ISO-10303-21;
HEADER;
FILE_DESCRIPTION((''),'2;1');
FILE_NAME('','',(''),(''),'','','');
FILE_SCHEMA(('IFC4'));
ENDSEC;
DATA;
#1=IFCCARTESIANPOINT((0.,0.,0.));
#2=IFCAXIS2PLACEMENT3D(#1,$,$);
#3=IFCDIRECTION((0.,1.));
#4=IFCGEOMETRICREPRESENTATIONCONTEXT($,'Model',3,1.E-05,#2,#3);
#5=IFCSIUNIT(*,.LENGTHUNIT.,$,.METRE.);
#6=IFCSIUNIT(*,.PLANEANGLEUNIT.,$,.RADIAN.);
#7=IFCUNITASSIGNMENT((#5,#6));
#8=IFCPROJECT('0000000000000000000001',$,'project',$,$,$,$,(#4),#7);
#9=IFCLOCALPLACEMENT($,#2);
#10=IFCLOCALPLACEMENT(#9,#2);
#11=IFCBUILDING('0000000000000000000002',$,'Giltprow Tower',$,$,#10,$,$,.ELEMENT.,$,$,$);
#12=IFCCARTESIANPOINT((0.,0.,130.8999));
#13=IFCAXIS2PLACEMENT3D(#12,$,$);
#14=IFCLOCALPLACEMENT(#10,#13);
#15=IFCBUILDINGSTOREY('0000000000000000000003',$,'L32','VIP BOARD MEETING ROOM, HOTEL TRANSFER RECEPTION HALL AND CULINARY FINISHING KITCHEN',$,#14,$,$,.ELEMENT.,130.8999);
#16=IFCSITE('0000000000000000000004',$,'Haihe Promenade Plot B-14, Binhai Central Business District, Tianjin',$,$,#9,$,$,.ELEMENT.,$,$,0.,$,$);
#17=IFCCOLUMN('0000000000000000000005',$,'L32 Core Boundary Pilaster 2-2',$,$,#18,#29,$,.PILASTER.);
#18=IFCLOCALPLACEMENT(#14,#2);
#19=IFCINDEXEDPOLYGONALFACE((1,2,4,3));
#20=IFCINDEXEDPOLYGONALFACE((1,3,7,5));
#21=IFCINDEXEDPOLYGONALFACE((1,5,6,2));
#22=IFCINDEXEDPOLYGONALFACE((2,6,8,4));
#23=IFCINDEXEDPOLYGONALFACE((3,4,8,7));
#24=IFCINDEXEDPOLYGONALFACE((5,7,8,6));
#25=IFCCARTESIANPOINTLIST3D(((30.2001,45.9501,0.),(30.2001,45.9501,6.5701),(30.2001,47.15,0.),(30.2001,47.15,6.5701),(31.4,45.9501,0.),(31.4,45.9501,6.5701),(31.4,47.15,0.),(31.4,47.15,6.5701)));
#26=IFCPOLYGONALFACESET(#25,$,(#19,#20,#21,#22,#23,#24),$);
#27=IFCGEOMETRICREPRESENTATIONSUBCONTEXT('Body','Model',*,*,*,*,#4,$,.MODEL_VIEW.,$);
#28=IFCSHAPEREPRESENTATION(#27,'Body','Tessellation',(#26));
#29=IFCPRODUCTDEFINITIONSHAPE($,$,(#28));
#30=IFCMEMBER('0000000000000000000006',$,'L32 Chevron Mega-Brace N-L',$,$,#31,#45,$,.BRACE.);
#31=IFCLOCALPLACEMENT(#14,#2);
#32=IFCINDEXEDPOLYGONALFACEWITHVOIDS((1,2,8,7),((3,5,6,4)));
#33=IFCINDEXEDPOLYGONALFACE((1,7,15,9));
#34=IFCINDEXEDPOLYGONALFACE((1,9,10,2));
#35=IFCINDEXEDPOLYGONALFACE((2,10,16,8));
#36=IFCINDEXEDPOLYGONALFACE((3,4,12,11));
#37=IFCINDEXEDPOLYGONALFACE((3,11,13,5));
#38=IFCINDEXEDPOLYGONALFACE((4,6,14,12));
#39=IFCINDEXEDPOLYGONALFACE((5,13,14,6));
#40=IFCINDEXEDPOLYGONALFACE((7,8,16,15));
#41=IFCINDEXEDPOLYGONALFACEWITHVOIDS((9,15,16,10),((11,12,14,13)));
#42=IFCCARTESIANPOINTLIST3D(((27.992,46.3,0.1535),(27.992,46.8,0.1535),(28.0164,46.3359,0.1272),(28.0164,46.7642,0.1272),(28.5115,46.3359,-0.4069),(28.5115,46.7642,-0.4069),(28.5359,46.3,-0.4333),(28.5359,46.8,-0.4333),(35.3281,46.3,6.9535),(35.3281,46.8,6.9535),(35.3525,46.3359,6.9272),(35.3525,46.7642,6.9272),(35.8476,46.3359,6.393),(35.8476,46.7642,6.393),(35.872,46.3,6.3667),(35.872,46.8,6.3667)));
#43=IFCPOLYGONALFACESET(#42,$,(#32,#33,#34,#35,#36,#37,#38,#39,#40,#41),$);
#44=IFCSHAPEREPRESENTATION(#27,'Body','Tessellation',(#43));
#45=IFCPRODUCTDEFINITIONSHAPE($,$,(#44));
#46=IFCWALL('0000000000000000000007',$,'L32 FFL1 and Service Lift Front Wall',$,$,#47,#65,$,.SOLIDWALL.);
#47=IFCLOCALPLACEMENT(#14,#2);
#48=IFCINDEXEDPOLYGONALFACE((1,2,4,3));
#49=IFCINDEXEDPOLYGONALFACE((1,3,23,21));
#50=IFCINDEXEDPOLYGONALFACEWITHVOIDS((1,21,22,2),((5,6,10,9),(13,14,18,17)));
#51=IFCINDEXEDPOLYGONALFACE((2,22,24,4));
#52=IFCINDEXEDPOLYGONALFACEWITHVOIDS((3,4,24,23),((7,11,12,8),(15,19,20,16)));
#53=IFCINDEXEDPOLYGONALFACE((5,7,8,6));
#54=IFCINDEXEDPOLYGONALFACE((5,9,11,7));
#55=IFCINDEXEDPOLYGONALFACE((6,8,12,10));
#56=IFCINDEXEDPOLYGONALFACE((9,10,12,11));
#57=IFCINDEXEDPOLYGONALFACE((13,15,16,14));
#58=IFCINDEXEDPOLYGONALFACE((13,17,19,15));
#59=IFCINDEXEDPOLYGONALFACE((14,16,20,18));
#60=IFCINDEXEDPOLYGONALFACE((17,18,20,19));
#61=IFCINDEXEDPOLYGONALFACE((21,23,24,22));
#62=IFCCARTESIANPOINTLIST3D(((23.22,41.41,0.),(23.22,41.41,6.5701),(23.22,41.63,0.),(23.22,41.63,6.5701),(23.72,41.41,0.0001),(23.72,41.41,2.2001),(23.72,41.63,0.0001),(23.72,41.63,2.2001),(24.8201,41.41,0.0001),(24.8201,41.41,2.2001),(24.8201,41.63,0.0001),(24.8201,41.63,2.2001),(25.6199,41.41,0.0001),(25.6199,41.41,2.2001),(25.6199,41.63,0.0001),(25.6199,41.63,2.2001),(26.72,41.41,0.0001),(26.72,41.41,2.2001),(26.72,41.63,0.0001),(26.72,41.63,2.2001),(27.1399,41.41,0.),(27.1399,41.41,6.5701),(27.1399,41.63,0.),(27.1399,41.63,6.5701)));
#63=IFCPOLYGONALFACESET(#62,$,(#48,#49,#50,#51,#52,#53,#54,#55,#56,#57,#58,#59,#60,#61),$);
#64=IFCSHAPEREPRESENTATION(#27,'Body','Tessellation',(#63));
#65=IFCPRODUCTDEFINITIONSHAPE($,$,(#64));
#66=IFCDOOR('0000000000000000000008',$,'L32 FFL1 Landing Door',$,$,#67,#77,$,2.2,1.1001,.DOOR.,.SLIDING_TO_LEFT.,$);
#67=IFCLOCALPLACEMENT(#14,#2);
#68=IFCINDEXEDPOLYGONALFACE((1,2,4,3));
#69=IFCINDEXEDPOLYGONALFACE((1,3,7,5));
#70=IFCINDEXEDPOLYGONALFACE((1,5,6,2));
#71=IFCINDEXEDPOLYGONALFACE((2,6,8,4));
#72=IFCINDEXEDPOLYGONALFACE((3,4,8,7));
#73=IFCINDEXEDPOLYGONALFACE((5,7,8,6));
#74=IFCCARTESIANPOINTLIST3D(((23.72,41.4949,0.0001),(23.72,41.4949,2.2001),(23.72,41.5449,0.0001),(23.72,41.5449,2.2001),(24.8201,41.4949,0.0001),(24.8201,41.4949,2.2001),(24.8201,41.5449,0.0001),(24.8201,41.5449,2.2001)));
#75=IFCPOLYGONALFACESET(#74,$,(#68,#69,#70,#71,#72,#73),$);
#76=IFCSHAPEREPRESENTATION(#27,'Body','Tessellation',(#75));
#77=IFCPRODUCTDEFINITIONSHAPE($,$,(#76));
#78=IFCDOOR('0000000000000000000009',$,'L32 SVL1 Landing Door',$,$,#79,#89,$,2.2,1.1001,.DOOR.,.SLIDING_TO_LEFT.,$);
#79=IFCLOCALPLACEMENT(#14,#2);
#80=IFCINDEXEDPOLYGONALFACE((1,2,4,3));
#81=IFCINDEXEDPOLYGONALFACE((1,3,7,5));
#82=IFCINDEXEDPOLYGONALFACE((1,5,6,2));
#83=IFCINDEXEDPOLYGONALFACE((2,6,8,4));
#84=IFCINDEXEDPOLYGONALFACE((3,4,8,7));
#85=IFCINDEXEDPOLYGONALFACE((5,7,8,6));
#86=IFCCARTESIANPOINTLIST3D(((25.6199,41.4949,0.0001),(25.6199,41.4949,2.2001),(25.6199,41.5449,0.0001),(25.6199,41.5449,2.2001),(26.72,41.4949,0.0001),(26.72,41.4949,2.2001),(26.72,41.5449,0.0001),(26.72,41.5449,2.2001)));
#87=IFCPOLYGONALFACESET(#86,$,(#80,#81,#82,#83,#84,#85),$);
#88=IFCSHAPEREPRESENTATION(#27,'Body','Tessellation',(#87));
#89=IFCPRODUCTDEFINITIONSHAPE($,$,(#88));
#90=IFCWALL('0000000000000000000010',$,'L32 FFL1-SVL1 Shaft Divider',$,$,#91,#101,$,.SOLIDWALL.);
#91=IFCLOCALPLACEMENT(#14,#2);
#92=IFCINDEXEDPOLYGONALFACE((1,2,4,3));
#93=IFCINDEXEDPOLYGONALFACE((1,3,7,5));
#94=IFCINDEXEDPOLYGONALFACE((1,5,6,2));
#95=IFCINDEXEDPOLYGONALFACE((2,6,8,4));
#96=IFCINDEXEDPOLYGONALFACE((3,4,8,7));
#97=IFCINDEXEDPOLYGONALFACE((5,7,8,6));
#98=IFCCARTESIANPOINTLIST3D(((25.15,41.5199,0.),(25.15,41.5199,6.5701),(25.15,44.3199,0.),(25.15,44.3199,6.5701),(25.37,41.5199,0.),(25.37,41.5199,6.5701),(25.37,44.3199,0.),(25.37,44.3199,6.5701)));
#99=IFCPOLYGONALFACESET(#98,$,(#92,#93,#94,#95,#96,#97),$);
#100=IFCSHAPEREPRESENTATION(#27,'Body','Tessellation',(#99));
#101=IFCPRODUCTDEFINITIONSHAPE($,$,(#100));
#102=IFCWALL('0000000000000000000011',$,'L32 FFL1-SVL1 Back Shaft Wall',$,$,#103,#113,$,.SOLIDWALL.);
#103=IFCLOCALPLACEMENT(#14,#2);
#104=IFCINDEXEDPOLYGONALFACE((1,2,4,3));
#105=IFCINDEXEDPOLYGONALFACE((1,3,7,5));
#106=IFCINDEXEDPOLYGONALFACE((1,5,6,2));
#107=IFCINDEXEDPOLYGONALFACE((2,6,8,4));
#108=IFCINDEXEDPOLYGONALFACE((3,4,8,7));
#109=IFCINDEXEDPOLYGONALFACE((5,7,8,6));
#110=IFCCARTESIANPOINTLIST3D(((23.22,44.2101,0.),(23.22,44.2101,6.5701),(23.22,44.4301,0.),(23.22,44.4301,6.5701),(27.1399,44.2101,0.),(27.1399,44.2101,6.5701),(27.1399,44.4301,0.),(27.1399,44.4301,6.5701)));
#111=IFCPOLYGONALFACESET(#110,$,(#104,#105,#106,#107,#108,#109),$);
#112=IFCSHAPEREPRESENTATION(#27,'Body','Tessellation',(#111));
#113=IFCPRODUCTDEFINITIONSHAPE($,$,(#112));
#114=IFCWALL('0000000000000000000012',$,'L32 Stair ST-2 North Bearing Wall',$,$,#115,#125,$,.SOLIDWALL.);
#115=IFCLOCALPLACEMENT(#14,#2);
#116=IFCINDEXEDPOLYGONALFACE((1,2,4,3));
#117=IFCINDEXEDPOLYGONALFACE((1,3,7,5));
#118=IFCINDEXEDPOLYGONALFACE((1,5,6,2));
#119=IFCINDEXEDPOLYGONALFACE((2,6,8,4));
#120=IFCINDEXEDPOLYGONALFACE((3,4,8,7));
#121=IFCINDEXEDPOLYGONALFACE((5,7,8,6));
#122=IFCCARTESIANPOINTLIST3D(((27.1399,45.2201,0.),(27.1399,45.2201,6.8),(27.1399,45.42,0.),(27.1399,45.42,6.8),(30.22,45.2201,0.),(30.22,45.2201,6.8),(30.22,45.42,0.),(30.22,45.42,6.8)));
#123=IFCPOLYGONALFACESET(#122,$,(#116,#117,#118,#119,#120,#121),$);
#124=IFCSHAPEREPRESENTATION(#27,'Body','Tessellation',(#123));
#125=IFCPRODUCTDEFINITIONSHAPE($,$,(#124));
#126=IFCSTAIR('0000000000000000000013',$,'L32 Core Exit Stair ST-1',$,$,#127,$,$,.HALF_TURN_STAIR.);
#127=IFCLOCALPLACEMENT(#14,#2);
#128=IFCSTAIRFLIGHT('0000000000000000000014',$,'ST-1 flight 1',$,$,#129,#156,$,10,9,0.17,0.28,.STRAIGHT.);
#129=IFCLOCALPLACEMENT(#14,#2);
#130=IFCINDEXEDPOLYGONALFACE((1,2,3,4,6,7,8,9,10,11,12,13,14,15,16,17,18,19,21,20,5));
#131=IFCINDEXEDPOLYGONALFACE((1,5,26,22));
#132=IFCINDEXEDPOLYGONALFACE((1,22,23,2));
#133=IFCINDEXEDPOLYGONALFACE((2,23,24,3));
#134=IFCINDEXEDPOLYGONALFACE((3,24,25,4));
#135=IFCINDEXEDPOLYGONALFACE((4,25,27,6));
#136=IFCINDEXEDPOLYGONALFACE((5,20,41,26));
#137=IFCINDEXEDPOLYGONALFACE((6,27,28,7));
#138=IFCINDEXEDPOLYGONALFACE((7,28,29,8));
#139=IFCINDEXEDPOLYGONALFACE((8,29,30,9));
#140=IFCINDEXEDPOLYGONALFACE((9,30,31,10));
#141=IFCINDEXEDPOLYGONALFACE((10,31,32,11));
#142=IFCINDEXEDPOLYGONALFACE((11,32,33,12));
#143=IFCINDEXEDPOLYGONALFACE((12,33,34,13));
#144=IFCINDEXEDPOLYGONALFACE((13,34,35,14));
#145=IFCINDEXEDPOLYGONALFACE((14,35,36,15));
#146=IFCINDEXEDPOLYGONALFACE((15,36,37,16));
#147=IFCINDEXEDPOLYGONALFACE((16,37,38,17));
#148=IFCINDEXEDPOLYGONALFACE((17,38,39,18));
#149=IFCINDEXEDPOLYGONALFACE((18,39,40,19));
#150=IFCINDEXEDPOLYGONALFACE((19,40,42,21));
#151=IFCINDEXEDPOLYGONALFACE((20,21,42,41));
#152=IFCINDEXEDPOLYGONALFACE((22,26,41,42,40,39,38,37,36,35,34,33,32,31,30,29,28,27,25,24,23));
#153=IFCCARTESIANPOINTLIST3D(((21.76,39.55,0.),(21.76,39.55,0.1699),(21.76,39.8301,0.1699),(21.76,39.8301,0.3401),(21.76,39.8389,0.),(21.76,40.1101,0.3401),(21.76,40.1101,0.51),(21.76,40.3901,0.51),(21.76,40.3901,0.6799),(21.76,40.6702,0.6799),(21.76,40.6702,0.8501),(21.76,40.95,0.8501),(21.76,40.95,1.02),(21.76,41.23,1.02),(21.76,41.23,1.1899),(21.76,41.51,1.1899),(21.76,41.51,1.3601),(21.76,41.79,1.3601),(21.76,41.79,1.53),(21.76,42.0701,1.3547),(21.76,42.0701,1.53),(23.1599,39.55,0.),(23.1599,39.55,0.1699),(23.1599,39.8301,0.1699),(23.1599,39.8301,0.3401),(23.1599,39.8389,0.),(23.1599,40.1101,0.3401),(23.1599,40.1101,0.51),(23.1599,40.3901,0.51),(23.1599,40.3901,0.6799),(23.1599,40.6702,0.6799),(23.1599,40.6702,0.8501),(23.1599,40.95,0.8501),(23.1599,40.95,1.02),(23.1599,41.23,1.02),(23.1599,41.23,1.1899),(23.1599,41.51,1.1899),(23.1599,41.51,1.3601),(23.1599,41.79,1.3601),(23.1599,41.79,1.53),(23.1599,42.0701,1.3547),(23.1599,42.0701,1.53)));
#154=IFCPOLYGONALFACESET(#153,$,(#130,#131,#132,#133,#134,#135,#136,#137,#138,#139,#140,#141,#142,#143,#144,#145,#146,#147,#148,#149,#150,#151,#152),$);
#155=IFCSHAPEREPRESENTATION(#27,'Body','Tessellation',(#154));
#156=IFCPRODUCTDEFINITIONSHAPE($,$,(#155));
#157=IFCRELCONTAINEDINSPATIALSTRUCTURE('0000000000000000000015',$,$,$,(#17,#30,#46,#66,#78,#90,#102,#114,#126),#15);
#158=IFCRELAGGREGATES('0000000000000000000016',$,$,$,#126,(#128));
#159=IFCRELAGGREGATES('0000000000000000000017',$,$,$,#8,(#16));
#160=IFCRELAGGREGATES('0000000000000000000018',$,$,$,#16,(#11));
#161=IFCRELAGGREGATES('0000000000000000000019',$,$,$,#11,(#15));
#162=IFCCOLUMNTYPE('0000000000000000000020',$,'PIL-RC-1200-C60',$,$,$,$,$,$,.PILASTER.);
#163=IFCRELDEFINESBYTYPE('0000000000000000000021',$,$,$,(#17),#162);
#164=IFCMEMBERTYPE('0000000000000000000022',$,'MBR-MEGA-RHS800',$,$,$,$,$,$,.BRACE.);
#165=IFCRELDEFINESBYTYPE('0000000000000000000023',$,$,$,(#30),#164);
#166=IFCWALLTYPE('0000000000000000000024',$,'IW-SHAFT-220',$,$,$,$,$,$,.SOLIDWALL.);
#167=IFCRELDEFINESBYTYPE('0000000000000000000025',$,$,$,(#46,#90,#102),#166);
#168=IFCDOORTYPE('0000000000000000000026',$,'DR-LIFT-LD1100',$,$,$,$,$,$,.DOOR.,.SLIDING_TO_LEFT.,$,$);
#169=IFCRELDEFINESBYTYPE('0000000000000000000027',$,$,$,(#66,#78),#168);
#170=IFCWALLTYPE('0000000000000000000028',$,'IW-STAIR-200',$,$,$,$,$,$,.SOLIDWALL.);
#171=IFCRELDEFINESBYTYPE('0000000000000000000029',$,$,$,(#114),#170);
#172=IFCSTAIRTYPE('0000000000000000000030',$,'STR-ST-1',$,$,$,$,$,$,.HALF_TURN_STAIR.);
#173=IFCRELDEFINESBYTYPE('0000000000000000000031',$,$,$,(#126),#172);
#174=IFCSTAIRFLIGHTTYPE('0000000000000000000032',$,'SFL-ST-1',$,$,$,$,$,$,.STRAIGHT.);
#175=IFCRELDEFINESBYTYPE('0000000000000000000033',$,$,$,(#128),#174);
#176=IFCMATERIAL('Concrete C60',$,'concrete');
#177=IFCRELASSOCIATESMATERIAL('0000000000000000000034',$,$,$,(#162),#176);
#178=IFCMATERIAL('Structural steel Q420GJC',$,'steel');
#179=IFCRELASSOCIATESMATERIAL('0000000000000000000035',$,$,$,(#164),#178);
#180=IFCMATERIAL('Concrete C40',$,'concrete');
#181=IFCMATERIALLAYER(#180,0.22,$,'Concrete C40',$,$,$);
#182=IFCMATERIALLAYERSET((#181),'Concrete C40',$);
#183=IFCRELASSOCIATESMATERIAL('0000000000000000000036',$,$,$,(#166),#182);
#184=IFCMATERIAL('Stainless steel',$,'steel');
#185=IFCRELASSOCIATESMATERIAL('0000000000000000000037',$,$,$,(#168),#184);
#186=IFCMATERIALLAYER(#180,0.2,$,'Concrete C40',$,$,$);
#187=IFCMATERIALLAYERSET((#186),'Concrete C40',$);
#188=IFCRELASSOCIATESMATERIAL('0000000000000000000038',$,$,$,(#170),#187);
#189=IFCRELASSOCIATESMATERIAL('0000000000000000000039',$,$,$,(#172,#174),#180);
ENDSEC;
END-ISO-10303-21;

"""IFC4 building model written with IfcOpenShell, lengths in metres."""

from ifc_helpers import new_model, si_unit, direction, frame, frame_2d, origin, origin_2d, place, context, subcontext, project, spatial, polyline, rectangle, hollow_rectangle, outline, extrude, source, transform, mapped, material, layer, layer_set, material_profile, profile_set, type_object, element, fill, aggregate, save


model = new_model("IFC4")

# Units and contexts
model_context = context("Model", 3, precision=1e-05, world=origin(), true_north=direction((0.0, 1.0)))
body_context = subcontext(model_context, "Body", "Model", "MODEL_VIEW")
ifc_project = project(units=[si_unit("LENGTHUNIT", "METRE"), si_unit("PLANEANGLEUNIT", "RADIAN")], contexts=[model_context])

# Site, building, storey
site_placement = place(None, origin())
site = spatial("IfcSite", under=ifc_project, at=site_placement, Name="Haihe Promenade Plot B-14, Binhai Central Business District, Tianjin", CompositionType="ELEMENT", RefElevation=0.0)
building_placement = place(site_placement, origin())
building = spatial("IfcBuilding", under=site, at=building_placement, Name="Giltprow Tower", CompositionType="ELEMENT")
storey_placement = place(building_placement, frame((0.0, 0.0, 130.8999)))
storey = spatial("IfcBuildingStorey", under=building, at=storey_placement, Name="L32", Description="VIP BOARD MEETING ROOM, HOTEL TRANSFER RECEPTION HALL AND CULINARY FINISHING KITCHEN", CompositionType="ELEMENT", Elevation=130.8999)

# Column
ifc_material_1 = material(Name="Concrete C60", Category="concrete")
ifc_material_profile_1 = material_profile(ifc_material_1, rectangle(XDim=1.2, YDim=1.2, at=origin_2d()), Name="RC 1200x1200")
ifc_profile_set_1 = profile_set([ifc_material_profile_1], Name="Concrete C60")
column_type = type_object("IfcColumnType", Name="PIL-RC-1200-C60", PredefinedType="PILASTER", material=ifc_profile_set_1)
shared_shape_1 = source(origin(), body_context, "Body", "SweptSolid", [
    extrude(rectangle(XDim=1.2, YDim=1.2, at=origin_2d()), origin(), (0.0, 0.0, 1.0), 6.5701),
])
column_placement = place(storey_placement, frame((30.8, 46.55, 0.0), z_axis=(0.0, 0.0, 1.0), x_axis=(1.0, 0.0, 0.0)))
element("IfcColumn", 1, at=column_placement, inside=storey, type_object=column_type, Name="L32 Core Boundary Pilaster 2-2", PredefinedType="PILASTER", context=body_context, shape_type="MappedRepresentation", body=[
    mapped(shared_shape_1, transform((0.0, 0.0, 0.0), x_axis=(1.0, 0.0, 0.0), y_axis=(0.0, 1.0, 0.0), z_axis=(0.0, 0.0, 1.0), scale=1.0)),
])

# Member
ifc_material_2 = material(Name="Structural steel Q420GJC", Category="steel")
ifc_material_profile_2 = material_profile(ifc_material_2, hollow_rectangle(XDim=0.5, YDim=0.8, WallThickness=0.0359, at=origin_2d()), Name="RHS 800x500x36")
ifc_profile_set_2 = profile_set([ifc_material_profile_2], Name="Structural steel Q420GJC")
member_type = type_object("IfcMemberType", Name="MBR-MEGA-RHS800", PredefinedType="BRACE", material=ifc_profile_set_2)
shared_shape_2 = source(origin(), body_context, "Body", "SweptSolid", [
    extrude(hollow_rectangle(XDim=0.5, YDim=0.8, WallThickness=0.0359, at=origin_2d()), origin(), (0.0, 0.0, 1.0), 10.0029),
])
member_placement = place(storey_placement, frame((28.2639, 46.55, -0.1399), z_axis=(0.733397, 0.0, 0.6798), x_axis=(0.0, 1.0, 0.0)))
element("IfcMember", 2, at=member_placement, inside=storey, type_object=member_type, Name="L32 Chevron Mega-Brace N-L", PredefinedType="BRACE", context=body_context, shape_type="MappedRepresentation", body=[
    mapped(shared_shape_2, transform((0.0, 0.0, 0.0), x_axis=(1.0, 0.0, 0.0), y_axis=(0.0, 1.0, 0.0), z_axis=(0.0, 0.0, 1.0), scale=1.0)),
])

# Wall, openings, doors
ifc_material_3 = material(Name="Concrete C40", Category="concrete")
ifc_layer_1 = layer(ifc_material_3, 0.22, Name="Concrete C40")
ifc_layer_set_1 = layer_set([ifc_layer_1], Name="Concrete C40")
wall_type_1 = type_object("IfcWallType", Name="IW-SHAFT-220", PredefinedType="SOLIDWALL", material=ifc_layer_set_1)
wall_1_placement = place(storey_placement, frame((23.22, 41.52, 0.0), z_axis=(0.0, 0.0, 1.0), x_axis=(1.0, 0.0, 0.0)))
wall_1 = element("IfcWall", 3, at=wall_1_placement, inside=storey, type_object=wall_type_1, Name="L32 FFL1 and Service Lift Front Wall", PredefinedType="SOLIDWALL", context=body_context, shape_type="SweptSolid", body=[
    extrude(rectangle(XDim=3.9199, YDim=0.22, at=frame_2d((1.96, 0.0))), origin(), (0.0, 0.0, 1.0), 6.5701),
])
opening_1_placement = place(wall_1_placement, frame((0.5, 0.0, 0.0)))
opening_1 = element("IfcOpeningElement", 4, at=opening_1_placement, cuts=wall_1, PredefinedType="OPENING", context=body_context, shape_type="SweptSolid", body=[
    extrude(rectangle(XDim=1.1001, YDim=2.2, at=frame_2d((0.55, 1.1001))), frame((0.0, 0.1199, 0.0), z_axis=(0.0, -1.0, 0.0), x_axis=(1.0, 0.0, 0.0)), (0.0, 0.0, 1.0), 0.24),
])
opening_2_placement = place(wall_1_placement, frame((2.3999, 0.0, 0.0)))
opening_2 = element("IfcOpeningElement", 5, at=opening_2_placement, cuts=wall_1, PredefinedType="OPENING", context=body_context, shape_type="SweptSolid", body=[
    extrude(rectangle(XDim=1.1001, YDim=2.2, at=frame_2d((0.55, 1.1001))), frame((0.0, 0.1199, 0.0), z_axis=(0.0, -1.0, 0.0), x_axis=(1.0, 0.0, 0.0)), (0.0, 0.0, 1.0), 0.24),
])
ifc_material_4 = material(Name="Stainless steel", Category="steel")
door_type = type_object("IfcDoorType", Name="DR-LIFT-LD1100", OperationType="SLIDING_TO_LEFT", PredefinedType="DOOR", material=ifc_material_4)
shared_shape_3 = source(origin(), body_context, "Body", "SweptSolid", [
    extrude(rectangle(XDim=1.1001, YDim=2.2, at=frame_2d((0.55, 1.1001))), frame((0.0, 0.0249, 0.0), z_axis=(0.0, -1.0, 0.0), x_axis=(1.0, 0.0, 0.0)), (0.0, 0.0, 1.0), 0.05),
])
door_1_placement = place(opening_1_placement, origin())
door_1 = element("IfcDoor", 6, at=door_1_placement, inside=storey, type_object=door_type, Name="L32 FFL1 Landing Door", OperationType="SLIDING_TO_LEFT", OverallHeight=2.2, OverallWidth=1.1001, PredefinedType="DOOR", context=body_context, shape_type="MappedRepresentation", body=[
    mapped(shared_shape_3, transform((0.0, 0.0, 0.0), x_axis=(1.0, 0.0, 0.0), y_axis=(0.0, 1.0, 0.0), z_axis=(0.0, 0.0, 1.0), scale=1.0)),
])
fill(opening_1, door_1)
door_2_placement = place(opening_2_placement, origin())
door_2 = element("IfcDoor", 7, at=door_2_placement, inside=storey, type_object=door_type, Name="L32 SVL1 Landing Door", OperationType="SLIDING_TO_LEFT", OverallHeight=2.2, OverallWidth=1.1001, PredefinedType="DOOR", context=body_context, shape_type="MappedRepresentation", body=[
    mapped(shared_shape_3, transform((0.0, 0.0, 0.0), x_axis=(1.0, 0.0, 0.0), y_axis=(0.0, 1.0, 0.0), z_axis=(0.0, 0.0, 1.0), scale=1.0)),
])
fill(opening_2, door_2)

# Walls
wall_2_placement = place(storey_placement, frame((25.26, 41.52, 0.0), z_axis=(0.0, 0.0, 1.0), x_axis=(0.0, 1.0, 0.0)))
element("IfcWall", 8, at=wall_2_placement, inside=storey, type_object=wall_type_1, Name="L32 FFL1-SVL1 Shaft Divider", PredefinedType="SOLIDWALL", context=body_context, shape_type="SweptSolid", body=[
    extrude(rectangle(XDim=2.8, YDim=0.22, at=frame_2d((1.3999, 0.0))), origin(), (0.0, 0.0, 1.0), 6.5701),
])
wall_3_placement = place(storey_placement, frame((23.22, 44.3201, 0.0), z_axis=(0.0, 0.0, 1.0), x_axis=(1.0, 0.0, 0.0)))
element("IfcWall", 9, at=wall_3_placement, inside=storey, type_object=wall_type_1, Name="L32 FFL1-SVL1 Back Shaft Wall", PredefinedType="SOLIDWALL", context=body_context, shape_type="SweptSolid", body=[
    extrude(rectangle(XDim=3.9199, YDim=0.22, at=frame_2d((1.96, 0.0))), origin(), (0.0, 0.0, 1.0), 6.5701),
])
ifc_layer_2 = layer(ifc_material_3, 0.2, Name="Concrete C40")
ifc_layer_set_2 = layer_set([ifc_layer_2], Name="Concrete C40")
wall_type_2 = type_object("IfcWallType", Name="IW-STAIR-200", PredefinedType="SOLIDWALL", material=ifc_layer_set_2)
wall_4_placement = place(storey_placement, frame((27.1399, 45.3201, 0.0), z_axis=(0.0, 0.0, 1.0), x_axis=(1.0, 0.0, 0.0)))
element("IfcWall", 10, at=wall_4_placement, inside=storey, type_object=wall_type_2, Name="L32 Stair ST-2 North Bearing Wall", PredefinedType="SOLIDWALL", context=body_context, shape_type="SweptSolid", body=[
    extrude(rectangle(XDim=3.0801, YDim=0.2, at=frame_2d((1.54, 0.0))), origin(), (0.0, 0.0, 1.0), 6.8),
])

# Stair, stair flight
stair_type_1 = type_object("IfcStairType", Name="STR-ST-1", PredefinedType="HALF_TURN_STAIR", material=ifc_material_3)
stair_1_placement = place(storey_placement, origin())
stair_1 = element("IfcStair", 11, at=stair_1_placement, inside=storey, type_object=stair_type_1, Name="L32 Core Exit Stair ST-1", PredefinedType="HALF_TURN_STAIR")
stair_flight_type_1 = type_object("IfcStairFlightType", Name="SFL-ST-1", PredefinedType="STRAIGHT", material=ifc_material_3)
stair_flight_1_placement = place(storey_placement, frame((22.46, 39.55, 0.0), z_axis=(0.0, 0.0, 1.0), x_axis=(0.0, 1.0, 0.0)))
stair_flight_1 = element("IfcStairFlight", 12, at=stair_flight_1_placement, type_object=stair_flight_type_1, Name="ST-1 flight 1", NumberOfRisers=10, NumberOfTreads=9, PredefinedType="STRAIGHT", RiserHeight=0.17, TreadLength=0.28, context=body_context, shape_type="SweptSolid", body=[
    extrude(outline(polyline([(0.0, 0.0), (0.0, 0.1699), (0.28, 0.1699), (0.28, 0.3401), (0.5601, 0.3401), (0.5601, 0.51), (0.8401, 0.51), (0.8401, 0.6799), (1.1201, 0.6799), (1.1201, 0.8501), (1.3999, 0.8501), (1.3999, 1.02), (1.6799, 1.02), (1.6799, 1.1899), (1.96, 1.1899), (1.96, 1.3601), (2.24, 1.3601), (2.24, 1.53), (2.52, 1.53), (2.52, 1.7), (2.52, 1.3547), (0.2888, 0.0), (0.0, 0.0)])), frame((0.0, 0.7, 0.0), z_axis=(0.0, -1.0, 0.0), x_axis=(1.0, 0.0, 0.0)), (0.0, 0.0, 1.0), 1.3999),
])
aggregate(stair_1, [stair_flight_1])

save(model, "model.ifc")
